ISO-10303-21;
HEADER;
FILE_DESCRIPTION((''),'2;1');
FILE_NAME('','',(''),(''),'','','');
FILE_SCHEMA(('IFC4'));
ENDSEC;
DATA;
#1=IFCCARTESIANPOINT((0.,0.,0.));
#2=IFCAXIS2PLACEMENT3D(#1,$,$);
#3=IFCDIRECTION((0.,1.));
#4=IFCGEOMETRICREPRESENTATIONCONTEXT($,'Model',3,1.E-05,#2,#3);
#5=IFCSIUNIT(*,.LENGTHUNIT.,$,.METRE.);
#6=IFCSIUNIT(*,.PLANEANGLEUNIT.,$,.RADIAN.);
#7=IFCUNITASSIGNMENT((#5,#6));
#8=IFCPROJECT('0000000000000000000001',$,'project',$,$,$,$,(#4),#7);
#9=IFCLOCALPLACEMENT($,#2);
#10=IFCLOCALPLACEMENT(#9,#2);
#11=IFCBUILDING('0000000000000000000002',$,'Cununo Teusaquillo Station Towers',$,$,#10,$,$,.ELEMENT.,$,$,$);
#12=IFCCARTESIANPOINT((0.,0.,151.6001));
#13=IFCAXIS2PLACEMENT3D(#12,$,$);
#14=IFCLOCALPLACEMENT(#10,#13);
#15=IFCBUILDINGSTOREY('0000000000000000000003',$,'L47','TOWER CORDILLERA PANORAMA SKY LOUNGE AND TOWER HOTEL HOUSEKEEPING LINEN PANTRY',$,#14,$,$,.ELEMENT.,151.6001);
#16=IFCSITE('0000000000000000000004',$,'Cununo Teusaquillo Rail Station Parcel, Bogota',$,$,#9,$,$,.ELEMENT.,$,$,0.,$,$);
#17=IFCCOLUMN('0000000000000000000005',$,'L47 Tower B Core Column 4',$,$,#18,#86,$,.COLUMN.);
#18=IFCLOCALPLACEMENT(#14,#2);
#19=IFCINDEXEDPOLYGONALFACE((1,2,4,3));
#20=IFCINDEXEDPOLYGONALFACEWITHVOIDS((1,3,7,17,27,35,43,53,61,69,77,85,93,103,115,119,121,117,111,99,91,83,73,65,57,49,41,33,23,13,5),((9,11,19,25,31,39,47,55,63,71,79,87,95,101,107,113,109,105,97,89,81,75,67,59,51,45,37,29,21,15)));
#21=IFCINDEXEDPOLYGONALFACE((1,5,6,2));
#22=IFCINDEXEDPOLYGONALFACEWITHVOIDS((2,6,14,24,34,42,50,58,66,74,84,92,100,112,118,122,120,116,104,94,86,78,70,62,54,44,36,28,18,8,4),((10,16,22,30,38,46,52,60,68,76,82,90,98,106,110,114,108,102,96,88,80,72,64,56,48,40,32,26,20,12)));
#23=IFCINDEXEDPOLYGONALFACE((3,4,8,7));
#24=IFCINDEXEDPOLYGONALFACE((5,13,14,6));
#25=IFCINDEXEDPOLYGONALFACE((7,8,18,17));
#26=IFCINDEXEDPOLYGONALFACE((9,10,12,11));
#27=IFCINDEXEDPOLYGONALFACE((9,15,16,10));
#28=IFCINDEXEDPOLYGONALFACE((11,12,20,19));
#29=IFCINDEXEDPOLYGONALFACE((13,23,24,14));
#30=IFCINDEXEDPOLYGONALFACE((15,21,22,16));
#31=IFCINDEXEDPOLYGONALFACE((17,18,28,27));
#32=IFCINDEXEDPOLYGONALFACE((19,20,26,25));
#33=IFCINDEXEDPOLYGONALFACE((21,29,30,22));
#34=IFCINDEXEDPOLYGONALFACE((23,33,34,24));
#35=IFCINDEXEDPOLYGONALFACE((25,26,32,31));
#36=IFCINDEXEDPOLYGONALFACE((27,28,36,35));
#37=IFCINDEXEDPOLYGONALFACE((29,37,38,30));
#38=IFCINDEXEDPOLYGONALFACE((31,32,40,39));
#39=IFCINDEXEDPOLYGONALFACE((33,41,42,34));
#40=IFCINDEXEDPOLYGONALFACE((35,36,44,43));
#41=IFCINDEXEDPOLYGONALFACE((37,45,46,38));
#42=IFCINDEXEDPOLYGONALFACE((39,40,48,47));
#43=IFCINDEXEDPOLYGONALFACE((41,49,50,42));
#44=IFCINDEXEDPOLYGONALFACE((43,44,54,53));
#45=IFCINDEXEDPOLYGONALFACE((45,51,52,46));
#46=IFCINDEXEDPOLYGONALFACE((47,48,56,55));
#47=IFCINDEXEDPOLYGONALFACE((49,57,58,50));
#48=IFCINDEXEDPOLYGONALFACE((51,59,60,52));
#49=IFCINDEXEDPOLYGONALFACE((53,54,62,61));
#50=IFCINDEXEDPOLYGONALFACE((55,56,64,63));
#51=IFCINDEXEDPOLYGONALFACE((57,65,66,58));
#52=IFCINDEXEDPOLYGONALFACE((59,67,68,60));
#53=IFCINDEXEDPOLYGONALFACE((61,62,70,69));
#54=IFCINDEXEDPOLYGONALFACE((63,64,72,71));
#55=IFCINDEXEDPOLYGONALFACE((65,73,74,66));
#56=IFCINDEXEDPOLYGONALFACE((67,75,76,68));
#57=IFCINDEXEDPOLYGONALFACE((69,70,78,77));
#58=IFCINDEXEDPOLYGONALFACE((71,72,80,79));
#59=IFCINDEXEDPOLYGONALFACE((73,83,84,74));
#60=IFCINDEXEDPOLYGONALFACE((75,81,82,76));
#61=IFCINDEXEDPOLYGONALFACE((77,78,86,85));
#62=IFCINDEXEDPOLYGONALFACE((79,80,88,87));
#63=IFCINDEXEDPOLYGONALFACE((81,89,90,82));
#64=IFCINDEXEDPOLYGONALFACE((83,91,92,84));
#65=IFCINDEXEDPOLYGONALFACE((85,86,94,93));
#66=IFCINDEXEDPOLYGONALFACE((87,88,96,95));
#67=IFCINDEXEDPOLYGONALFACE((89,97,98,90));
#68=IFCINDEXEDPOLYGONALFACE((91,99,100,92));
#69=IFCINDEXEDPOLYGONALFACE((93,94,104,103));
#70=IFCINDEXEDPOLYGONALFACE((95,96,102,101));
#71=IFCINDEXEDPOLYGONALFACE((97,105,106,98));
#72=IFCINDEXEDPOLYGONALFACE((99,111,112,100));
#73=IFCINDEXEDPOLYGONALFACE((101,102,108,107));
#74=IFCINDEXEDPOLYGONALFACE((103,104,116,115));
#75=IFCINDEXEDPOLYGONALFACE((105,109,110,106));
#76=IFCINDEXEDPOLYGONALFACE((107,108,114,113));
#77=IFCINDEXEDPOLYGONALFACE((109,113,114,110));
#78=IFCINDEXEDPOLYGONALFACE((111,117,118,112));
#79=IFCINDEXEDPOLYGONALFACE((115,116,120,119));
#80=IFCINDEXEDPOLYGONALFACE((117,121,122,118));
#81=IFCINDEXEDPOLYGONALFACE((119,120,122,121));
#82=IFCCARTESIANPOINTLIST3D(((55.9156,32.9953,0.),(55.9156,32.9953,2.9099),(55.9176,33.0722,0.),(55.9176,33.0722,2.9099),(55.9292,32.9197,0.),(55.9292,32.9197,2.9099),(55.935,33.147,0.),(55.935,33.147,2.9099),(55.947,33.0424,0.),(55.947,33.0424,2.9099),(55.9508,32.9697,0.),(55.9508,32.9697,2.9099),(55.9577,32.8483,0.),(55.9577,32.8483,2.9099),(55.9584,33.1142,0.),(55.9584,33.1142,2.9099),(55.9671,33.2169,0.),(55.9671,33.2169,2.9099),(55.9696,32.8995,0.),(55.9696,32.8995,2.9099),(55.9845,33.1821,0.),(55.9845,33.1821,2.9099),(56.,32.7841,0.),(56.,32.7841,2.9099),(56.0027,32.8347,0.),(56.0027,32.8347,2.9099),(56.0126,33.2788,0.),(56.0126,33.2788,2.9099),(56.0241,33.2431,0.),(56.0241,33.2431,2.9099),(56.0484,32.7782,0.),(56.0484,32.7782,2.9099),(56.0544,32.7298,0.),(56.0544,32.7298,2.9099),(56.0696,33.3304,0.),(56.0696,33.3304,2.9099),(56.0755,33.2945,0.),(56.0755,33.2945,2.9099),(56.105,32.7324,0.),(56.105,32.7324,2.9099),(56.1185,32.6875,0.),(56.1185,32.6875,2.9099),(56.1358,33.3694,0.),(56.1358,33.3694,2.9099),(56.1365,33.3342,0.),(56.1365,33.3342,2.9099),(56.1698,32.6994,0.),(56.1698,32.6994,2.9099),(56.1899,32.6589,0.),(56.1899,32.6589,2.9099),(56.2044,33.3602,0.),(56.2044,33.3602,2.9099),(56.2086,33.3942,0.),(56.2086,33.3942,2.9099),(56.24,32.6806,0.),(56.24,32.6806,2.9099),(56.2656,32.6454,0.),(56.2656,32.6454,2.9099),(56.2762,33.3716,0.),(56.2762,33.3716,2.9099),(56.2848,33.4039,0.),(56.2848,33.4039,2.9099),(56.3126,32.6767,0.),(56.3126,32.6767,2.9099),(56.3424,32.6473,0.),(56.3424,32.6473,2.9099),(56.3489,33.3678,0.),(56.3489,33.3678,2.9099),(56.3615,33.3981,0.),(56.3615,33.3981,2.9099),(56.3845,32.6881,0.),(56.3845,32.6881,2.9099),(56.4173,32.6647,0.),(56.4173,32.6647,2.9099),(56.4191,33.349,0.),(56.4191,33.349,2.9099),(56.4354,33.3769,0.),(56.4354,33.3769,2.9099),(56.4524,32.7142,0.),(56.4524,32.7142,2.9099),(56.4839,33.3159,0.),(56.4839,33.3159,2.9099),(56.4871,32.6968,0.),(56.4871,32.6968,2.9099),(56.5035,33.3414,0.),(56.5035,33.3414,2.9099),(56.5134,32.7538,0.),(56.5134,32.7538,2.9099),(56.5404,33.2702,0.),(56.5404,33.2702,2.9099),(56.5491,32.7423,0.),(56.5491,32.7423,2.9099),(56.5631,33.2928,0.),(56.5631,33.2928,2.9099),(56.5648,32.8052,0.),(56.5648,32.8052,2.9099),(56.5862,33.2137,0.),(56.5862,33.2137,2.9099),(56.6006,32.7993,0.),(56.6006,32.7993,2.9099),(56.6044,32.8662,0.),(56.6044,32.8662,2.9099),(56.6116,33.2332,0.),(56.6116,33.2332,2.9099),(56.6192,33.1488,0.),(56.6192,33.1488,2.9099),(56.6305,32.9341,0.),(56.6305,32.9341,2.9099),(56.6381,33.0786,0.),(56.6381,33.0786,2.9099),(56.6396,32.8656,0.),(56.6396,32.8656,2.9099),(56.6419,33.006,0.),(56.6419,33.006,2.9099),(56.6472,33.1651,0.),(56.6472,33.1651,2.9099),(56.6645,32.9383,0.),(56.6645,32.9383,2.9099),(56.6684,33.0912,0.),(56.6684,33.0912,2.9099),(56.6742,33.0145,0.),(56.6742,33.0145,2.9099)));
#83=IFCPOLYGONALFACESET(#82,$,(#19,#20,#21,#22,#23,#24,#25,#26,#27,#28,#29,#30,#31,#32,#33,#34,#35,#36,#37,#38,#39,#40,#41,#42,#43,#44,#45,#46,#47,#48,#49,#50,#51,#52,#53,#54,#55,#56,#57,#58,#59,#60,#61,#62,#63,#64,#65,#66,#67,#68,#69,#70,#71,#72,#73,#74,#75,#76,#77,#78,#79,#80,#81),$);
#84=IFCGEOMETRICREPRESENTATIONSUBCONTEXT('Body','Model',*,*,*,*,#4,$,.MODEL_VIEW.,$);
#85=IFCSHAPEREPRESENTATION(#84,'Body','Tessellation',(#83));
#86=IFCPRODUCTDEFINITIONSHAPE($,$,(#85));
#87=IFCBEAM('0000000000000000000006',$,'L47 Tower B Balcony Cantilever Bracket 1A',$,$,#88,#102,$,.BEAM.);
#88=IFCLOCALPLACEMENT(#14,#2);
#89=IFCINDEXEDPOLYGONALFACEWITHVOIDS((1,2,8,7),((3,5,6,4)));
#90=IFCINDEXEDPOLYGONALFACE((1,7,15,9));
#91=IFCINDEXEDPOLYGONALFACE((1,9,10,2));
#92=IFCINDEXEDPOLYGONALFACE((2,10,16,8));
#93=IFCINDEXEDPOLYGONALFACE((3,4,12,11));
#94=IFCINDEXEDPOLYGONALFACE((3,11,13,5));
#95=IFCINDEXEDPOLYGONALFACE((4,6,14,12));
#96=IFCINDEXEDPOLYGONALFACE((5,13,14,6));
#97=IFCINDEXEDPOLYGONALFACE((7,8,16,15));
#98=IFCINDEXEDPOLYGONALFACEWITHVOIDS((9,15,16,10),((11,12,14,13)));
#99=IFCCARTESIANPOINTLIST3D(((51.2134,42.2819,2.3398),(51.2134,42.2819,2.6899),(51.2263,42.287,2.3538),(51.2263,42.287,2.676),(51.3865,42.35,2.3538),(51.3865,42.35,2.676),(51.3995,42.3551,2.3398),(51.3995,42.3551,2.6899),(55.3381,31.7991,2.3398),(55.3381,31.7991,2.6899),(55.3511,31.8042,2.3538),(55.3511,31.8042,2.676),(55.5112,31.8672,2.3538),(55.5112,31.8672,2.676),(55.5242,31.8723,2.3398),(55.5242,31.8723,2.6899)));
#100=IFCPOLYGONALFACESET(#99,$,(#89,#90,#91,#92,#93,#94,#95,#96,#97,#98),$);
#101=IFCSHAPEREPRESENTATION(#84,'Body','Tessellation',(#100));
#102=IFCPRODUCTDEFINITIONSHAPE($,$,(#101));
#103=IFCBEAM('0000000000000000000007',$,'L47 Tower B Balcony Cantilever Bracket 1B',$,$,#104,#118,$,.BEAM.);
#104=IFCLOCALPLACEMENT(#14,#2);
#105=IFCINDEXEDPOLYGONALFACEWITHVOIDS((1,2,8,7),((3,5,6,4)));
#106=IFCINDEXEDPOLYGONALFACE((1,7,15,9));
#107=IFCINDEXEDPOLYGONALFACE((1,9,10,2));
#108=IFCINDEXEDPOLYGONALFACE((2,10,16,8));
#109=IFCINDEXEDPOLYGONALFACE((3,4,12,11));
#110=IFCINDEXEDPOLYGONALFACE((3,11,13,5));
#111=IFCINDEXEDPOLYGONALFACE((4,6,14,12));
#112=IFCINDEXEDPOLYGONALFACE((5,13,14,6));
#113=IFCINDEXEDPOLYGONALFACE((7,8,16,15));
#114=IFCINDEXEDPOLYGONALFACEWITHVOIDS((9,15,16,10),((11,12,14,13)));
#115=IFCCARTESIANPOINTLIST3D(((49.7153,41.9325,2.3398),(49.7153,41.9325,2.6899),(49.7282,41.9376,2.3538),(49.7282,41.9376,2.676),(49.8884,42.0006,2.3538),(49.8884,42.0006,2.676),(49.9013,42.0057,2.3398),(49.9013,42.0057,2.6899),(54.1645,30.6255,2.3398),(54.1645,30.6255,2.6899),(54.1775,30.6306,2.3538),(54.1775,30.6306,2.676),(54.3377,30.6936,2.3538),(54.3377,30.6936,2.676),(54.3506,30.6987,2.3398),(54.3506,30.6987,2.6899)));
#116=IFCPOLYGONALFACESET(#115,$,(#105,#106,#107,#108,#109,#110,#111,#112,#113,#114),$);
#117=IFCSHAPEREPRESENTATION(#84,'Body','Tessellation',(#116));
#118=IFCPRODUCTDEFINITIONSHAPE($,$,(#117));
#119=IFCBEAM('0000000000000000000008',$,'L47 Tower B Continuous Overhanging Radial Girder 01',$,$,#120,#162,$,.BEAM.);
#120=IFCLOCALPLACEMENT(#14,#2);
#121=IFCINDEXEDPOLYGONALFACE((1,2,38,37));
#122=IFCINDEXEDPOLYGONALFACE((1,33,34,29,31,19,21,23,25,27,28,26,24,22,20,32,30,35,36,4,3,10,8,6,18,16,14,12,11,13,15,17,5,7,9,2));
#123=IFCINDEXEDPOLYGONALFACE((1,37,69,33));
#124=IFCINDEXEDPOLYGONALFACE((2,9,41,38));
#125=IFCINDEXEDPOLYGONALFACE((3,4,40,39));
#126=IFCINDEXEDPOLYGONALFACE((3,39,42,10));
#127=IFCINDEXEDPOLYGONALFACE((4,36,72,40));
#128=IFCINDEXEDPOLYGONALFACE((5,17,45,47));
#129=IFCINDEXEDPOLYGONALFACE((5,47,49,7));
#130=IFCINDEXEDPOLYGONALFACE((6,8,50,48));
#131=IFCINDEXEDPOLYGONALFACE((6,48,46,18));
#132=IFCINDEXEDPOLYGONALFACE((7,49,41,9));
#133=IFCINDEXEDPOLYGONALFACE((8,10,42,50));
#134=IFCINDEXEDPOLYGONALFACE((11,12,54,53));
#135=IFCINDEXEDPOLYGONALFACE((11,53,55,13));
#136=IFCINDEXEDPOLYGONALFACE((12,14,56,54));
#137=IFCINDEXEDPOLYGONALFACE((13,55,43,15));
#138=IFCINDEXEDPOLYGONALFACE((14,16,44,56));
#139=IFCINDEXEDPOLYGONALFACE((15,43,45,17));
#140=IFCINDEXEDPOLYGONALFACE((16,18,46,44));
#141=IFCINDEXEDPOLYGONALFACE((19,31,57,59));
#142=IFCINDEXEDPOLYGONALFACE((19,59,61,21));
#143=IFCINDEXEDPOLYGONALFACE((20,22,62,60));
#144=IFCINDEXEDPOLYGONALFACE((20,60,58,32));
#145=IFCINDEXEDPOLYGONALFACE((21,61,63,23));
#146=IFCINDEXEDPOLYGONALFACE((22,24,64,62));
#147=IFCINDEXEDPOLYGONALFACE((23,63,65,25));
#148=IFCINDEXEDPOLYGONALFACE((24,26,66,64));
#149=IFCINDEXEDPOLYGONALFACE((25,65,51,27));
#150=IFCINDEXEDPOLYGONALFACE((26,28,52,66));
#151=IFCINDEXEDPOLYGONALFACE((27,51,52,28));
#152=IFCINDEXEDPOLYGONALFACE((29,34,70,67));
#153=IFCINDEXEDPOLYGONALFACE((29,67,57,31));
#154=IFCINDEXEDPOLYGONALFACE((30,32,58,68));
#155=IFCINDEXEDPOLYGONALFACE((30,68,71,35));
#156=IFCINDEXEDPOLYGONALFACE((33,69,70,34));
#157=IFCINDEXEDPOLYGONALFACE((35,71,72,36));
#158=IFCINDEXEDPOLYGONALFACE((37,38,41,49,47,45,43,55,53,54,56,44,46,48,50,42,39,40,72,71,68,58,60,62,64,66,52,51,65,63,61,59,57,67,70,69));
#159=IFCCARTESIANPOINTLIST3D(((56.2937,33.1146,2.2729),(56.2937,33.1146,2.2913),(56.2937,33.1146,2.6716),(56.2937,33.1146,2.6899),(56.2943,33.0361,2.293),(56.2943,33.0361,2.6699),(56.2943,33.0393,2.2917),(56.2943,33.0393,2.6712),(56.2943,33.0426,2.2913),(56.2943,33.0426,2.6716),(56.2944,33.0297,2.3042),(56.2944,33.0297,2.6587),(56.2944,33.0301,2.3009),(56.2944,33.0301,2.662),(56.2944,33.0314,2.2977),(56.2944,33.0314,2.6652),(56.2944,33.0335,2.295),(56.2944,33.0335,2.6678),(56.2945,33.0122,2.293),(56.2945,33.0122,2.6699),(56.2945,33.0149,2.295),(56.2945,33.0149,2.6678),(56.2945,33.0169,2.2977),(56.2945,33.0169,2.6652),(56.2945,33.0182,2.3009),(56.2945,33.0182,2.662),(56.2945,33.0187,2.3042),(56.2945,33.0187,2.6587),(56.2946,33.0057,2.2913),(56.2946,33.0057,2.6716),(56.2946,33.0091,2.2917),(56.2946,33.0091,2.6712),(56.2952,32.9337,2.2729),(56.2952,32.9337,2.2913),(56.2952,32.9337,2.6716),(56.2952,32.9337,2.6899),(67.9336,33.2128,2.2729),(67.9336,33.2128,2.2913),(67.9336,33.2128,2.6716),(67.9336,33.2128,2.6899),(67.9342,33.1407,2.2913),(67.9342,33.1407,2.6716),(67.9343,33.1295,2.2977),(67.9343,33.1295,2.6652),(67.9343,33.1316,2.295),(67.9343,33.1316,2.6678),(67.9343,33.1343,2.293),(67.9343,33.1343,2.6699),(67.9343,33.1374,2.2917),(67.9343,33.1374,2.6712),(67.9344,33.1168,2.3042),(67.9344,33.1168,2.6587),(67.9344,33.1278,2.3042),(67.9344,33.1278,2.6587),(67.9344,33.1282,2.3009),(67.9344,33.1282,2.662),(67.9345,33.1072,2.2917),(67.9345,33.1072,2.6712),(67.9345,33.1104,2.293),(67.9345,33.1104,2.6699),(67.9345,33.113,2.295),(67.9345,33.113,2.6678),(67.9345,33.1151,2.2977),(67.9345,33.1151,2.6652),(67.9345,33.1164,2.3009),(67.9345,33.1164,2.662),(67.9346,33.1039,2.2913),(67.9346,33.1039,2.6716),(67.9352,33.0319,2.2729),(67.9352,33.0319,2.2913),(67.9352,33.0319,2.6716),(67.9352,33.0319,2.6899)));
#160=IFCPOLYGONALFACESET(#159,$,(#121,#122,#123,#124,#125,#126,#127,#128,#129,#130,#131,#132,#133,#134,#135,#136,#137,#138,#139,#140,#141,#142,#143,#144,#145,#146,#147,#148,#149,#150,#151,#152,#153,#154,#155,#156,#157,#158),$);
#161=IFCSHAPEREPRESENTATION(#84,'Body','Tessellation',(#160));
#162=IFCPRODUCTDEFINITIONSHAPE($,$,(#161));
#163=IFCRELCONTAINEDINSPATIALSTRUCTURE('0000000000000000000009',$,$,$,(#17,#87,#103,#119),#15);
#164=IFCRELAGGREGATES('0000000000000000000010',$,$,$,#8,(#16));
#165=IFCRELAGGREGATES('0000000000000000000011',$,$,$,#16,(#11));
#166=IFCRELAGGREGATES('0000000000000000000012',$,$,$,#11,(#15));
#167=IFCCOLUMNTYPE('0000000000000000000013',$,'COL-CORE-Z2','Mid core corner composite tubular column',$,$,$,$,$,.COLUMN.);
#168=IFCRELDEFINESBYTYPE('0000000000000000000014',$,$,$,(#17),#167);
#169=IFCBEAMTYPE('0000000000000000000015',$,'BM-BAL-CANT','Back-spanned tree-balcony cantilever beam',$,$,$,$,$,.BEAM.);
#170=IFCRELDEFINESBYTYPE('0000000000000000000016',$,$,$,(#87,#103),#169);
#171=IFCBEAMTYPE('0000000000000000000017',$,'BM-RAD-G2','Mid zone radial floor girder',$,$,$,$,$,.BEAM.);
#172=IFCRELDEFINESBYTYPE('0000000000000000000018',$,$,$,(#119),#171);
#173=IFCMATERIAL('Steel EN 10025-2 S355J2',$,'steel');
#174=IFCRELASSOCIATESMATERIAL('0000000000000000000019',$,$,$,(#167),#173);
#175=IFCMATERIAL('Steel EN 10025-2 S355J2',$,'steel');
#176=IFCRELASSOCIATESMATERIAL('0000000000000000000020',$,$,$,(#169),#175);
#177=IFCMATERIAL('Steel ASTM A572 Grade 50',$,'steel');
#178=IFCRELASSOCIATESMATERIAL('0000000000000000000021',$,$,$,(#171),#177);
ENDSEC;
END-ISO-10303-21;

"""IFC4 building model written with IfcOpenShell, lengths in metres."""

from ifc_helpers import new_model, si_unit, direction, frame, origin, origin_2d, place, context, subcontext, project, spatial, hollow_rectangle, hollow_circle, i_section, extrude, material, material_profile, profile_set, type_object, element, save


model = new_model("IFC4")

# Units and contexts
model_context = context("Model", 3, precision=1e-05, world=origin(), true_north=direction((0.0, 1.0)))
body_context = subcontext(model_context, "Body", "Model", "MODEL_VIEW")
ifc_project = project(units=[si_unit("LENGTHUNIT", "METRE"), si_unit("PLANEANGLEUNIT", "RADIAN")], contexts=[model_context])

# Site, building, storey
site_placement = place(None, origin())
site = spatial("IfcSite", under=ifc_project, at=site_placement, Name="Cununo Teusaquillo Rail Station Parcel, Bogota", CompositionType="ELEMENT", RefElevation=0.0)
building_placement = place(site_placement, origin())
building = spatial("IfcBuilding", under=site, at=building_placement, Name="Cununo Teusaquillo Station Towers", CompositionType="ELEMENT")
storey_placement = place(building_placement, frame((0.0, 0.0, 151.6001)))
storey = spatial("IfcBuildingStorey", under=building, at=storey_placement, Name="L47", Description="TOWER CORDILLERA PANORAMA SKY LOUNGE AND TOWER HOTEL HOUSEKEEPING LINEN PANTRY", CompositionType="ELEMENT", Elevation=151.6001)

# Column
ifc_material_1 = material(Name="Steel EN 10025-2 S355J2", Category="steel")
ifc_material_profile_1 = material_profile(ifc_material_1, hollow_circle(Radius=0.3799, WallThickness=0.032, at=origin_2d()), Name="CHS 760x32")
ifc_profile_set_1 = profile_set([ifc_material_profile_1], Name="Steel EN 10025-2 S355J2")
column_type = type_object("IfcColumnType", Name="COL-CORE-Z2", Description="Mid core corner composite tubular column", PredefinedType="COLUMN", material=ifc_profile_set_1)
column_placement = place(storey_placement, frame((56.2944, 33.0242, 0.0), z_axis=(0.0, 0.0, 1.0), x_axis=(0.707107, 0.707107, 0.0)))
element("IfcColumn", 1, at=column_placement, inside=storey, type_object=column_type, Name="L47 Tower B Core Column 4", PredefinedType="COLUMN", context=body_context, shape_type="SweptSolid", body=[
    extrude(hollow_circle(Radius=0.3799, WallThickness=0.032, at=origin_2d()), origin(), (0.0, 0.0, 1.0), 2.9099),
])

# Beams
ifc_material_2 = material(Name="Steel EN 10025-2 S355J2", Category="steel")
ifc_material_profile_2 = material_profile(ifc_material_2, hollow_rectangle(XDim=0.2, YDim=0.3501, WallThickness=0.0139, at=origin_2d()), Name="RHS 350x200x14")
ifc_profile_set_2 = profile_set([ifc_material_profile_2], Name="Steel EN 10025-2 S355J2")
beam_type_1 = type_object("IfcBeamType", Name="BM-BAL-CANT", Description="Back-spanned tree-balcony cantilever beam", PredefinedType="BEAM", material=ifc_profile_set_2)
beam_1_placement = place(storey_placement, frame((55.4312, 31.8357, 2.5149), z_axis=(-0.36615, 0.930556, 0.0), x_axis=(-0.930556, -0.36615, 0.0)))
element("IfcBeam", 2, at=beam_1_placement, inside=storey, type_object=beam_type_1, Name="L47 Tower B Balcony Cantilever Bracket 1A", PredefinedType="BEAM", context=body_context, shape_type="SweptSolid", body=[
    extrude(hollow_rectangle(XDim=0.2, YDim=0.3501, WallThickness=0.0139, at=origin_2d()), origin(), (0.0, 0.0, 1.0), 11.2651),
])
beam_2_placement = place(storey_placement, frame((54.2576, 30.6621, 2.5149), z_axis=(-0.366168, 0.930549, 0.0), x_axis=(-0.930549, -0.366168, 0.0)))
element("IfcBeam", 3, at=beam_2_placement, inside=storey, type_object=beam_type_1, Name="L47 Tower B Balcony Cantilever Bracket 1B", PredefinedType="BEAM", context=body_context, shape_type="SweptSolid", body=[
    extrude(hollow_rectangle(XDim=0.2, YDim=0.3501, WallThickness=0.0139, at=origin_2d()), origin(), (0.0, 0.0, 1.0), 12.1509),
])
ifc_material_3 = material(Name="Steel ASTM A572 Grade 50", Category="steel")
ifc_material_profile_3 = material_profile(ifc_material_3, i_section(OverallWidth=0.1809, OverallDepth=0.417, WebThickness=0.011, FlangeThickness=0.0183, FilletRadius=0.0129, at=origin_2d()), Name="W16X57")
ifc_profile_set_3 = profile_set([ifc_material_profile_3], Name="Steel ASTM A572 Grade 50")
beam_type_2 = type_object("IfcBeamType", Name="BM-RAD-G2", Description="Mid zone radial floor girder", PredefinedType="BEAM", material=ifc_profile_set_3)
beam_3_placement = place(storey_placement, frame((56.2944, 33.0242, 2.4814), z_axis=(0.999964, 0.008431, 0.0), x_axis=(-0.008431, 0.999964, 0.0)))
element("IfcBeam", 4, at=beam_3_placement, inside=storey, type_object=beam_type_2, Name="L47 Tower B Continuous Overhanging Radial Girder 01", PredefinedType="BEAM", context=body_context, shape_type="SweptSolid", body=[
    extrude(i_section(OverallWidth=0.1809, OverallDepth=0.417, WebThickness=0.011, FlangeThickness=0.0183, FilletRadius=0.0129, at=origin_2d()), origin(), (0.0, 0.0, 1.0), 11.6404),
])

save(model, "model.ifc")
